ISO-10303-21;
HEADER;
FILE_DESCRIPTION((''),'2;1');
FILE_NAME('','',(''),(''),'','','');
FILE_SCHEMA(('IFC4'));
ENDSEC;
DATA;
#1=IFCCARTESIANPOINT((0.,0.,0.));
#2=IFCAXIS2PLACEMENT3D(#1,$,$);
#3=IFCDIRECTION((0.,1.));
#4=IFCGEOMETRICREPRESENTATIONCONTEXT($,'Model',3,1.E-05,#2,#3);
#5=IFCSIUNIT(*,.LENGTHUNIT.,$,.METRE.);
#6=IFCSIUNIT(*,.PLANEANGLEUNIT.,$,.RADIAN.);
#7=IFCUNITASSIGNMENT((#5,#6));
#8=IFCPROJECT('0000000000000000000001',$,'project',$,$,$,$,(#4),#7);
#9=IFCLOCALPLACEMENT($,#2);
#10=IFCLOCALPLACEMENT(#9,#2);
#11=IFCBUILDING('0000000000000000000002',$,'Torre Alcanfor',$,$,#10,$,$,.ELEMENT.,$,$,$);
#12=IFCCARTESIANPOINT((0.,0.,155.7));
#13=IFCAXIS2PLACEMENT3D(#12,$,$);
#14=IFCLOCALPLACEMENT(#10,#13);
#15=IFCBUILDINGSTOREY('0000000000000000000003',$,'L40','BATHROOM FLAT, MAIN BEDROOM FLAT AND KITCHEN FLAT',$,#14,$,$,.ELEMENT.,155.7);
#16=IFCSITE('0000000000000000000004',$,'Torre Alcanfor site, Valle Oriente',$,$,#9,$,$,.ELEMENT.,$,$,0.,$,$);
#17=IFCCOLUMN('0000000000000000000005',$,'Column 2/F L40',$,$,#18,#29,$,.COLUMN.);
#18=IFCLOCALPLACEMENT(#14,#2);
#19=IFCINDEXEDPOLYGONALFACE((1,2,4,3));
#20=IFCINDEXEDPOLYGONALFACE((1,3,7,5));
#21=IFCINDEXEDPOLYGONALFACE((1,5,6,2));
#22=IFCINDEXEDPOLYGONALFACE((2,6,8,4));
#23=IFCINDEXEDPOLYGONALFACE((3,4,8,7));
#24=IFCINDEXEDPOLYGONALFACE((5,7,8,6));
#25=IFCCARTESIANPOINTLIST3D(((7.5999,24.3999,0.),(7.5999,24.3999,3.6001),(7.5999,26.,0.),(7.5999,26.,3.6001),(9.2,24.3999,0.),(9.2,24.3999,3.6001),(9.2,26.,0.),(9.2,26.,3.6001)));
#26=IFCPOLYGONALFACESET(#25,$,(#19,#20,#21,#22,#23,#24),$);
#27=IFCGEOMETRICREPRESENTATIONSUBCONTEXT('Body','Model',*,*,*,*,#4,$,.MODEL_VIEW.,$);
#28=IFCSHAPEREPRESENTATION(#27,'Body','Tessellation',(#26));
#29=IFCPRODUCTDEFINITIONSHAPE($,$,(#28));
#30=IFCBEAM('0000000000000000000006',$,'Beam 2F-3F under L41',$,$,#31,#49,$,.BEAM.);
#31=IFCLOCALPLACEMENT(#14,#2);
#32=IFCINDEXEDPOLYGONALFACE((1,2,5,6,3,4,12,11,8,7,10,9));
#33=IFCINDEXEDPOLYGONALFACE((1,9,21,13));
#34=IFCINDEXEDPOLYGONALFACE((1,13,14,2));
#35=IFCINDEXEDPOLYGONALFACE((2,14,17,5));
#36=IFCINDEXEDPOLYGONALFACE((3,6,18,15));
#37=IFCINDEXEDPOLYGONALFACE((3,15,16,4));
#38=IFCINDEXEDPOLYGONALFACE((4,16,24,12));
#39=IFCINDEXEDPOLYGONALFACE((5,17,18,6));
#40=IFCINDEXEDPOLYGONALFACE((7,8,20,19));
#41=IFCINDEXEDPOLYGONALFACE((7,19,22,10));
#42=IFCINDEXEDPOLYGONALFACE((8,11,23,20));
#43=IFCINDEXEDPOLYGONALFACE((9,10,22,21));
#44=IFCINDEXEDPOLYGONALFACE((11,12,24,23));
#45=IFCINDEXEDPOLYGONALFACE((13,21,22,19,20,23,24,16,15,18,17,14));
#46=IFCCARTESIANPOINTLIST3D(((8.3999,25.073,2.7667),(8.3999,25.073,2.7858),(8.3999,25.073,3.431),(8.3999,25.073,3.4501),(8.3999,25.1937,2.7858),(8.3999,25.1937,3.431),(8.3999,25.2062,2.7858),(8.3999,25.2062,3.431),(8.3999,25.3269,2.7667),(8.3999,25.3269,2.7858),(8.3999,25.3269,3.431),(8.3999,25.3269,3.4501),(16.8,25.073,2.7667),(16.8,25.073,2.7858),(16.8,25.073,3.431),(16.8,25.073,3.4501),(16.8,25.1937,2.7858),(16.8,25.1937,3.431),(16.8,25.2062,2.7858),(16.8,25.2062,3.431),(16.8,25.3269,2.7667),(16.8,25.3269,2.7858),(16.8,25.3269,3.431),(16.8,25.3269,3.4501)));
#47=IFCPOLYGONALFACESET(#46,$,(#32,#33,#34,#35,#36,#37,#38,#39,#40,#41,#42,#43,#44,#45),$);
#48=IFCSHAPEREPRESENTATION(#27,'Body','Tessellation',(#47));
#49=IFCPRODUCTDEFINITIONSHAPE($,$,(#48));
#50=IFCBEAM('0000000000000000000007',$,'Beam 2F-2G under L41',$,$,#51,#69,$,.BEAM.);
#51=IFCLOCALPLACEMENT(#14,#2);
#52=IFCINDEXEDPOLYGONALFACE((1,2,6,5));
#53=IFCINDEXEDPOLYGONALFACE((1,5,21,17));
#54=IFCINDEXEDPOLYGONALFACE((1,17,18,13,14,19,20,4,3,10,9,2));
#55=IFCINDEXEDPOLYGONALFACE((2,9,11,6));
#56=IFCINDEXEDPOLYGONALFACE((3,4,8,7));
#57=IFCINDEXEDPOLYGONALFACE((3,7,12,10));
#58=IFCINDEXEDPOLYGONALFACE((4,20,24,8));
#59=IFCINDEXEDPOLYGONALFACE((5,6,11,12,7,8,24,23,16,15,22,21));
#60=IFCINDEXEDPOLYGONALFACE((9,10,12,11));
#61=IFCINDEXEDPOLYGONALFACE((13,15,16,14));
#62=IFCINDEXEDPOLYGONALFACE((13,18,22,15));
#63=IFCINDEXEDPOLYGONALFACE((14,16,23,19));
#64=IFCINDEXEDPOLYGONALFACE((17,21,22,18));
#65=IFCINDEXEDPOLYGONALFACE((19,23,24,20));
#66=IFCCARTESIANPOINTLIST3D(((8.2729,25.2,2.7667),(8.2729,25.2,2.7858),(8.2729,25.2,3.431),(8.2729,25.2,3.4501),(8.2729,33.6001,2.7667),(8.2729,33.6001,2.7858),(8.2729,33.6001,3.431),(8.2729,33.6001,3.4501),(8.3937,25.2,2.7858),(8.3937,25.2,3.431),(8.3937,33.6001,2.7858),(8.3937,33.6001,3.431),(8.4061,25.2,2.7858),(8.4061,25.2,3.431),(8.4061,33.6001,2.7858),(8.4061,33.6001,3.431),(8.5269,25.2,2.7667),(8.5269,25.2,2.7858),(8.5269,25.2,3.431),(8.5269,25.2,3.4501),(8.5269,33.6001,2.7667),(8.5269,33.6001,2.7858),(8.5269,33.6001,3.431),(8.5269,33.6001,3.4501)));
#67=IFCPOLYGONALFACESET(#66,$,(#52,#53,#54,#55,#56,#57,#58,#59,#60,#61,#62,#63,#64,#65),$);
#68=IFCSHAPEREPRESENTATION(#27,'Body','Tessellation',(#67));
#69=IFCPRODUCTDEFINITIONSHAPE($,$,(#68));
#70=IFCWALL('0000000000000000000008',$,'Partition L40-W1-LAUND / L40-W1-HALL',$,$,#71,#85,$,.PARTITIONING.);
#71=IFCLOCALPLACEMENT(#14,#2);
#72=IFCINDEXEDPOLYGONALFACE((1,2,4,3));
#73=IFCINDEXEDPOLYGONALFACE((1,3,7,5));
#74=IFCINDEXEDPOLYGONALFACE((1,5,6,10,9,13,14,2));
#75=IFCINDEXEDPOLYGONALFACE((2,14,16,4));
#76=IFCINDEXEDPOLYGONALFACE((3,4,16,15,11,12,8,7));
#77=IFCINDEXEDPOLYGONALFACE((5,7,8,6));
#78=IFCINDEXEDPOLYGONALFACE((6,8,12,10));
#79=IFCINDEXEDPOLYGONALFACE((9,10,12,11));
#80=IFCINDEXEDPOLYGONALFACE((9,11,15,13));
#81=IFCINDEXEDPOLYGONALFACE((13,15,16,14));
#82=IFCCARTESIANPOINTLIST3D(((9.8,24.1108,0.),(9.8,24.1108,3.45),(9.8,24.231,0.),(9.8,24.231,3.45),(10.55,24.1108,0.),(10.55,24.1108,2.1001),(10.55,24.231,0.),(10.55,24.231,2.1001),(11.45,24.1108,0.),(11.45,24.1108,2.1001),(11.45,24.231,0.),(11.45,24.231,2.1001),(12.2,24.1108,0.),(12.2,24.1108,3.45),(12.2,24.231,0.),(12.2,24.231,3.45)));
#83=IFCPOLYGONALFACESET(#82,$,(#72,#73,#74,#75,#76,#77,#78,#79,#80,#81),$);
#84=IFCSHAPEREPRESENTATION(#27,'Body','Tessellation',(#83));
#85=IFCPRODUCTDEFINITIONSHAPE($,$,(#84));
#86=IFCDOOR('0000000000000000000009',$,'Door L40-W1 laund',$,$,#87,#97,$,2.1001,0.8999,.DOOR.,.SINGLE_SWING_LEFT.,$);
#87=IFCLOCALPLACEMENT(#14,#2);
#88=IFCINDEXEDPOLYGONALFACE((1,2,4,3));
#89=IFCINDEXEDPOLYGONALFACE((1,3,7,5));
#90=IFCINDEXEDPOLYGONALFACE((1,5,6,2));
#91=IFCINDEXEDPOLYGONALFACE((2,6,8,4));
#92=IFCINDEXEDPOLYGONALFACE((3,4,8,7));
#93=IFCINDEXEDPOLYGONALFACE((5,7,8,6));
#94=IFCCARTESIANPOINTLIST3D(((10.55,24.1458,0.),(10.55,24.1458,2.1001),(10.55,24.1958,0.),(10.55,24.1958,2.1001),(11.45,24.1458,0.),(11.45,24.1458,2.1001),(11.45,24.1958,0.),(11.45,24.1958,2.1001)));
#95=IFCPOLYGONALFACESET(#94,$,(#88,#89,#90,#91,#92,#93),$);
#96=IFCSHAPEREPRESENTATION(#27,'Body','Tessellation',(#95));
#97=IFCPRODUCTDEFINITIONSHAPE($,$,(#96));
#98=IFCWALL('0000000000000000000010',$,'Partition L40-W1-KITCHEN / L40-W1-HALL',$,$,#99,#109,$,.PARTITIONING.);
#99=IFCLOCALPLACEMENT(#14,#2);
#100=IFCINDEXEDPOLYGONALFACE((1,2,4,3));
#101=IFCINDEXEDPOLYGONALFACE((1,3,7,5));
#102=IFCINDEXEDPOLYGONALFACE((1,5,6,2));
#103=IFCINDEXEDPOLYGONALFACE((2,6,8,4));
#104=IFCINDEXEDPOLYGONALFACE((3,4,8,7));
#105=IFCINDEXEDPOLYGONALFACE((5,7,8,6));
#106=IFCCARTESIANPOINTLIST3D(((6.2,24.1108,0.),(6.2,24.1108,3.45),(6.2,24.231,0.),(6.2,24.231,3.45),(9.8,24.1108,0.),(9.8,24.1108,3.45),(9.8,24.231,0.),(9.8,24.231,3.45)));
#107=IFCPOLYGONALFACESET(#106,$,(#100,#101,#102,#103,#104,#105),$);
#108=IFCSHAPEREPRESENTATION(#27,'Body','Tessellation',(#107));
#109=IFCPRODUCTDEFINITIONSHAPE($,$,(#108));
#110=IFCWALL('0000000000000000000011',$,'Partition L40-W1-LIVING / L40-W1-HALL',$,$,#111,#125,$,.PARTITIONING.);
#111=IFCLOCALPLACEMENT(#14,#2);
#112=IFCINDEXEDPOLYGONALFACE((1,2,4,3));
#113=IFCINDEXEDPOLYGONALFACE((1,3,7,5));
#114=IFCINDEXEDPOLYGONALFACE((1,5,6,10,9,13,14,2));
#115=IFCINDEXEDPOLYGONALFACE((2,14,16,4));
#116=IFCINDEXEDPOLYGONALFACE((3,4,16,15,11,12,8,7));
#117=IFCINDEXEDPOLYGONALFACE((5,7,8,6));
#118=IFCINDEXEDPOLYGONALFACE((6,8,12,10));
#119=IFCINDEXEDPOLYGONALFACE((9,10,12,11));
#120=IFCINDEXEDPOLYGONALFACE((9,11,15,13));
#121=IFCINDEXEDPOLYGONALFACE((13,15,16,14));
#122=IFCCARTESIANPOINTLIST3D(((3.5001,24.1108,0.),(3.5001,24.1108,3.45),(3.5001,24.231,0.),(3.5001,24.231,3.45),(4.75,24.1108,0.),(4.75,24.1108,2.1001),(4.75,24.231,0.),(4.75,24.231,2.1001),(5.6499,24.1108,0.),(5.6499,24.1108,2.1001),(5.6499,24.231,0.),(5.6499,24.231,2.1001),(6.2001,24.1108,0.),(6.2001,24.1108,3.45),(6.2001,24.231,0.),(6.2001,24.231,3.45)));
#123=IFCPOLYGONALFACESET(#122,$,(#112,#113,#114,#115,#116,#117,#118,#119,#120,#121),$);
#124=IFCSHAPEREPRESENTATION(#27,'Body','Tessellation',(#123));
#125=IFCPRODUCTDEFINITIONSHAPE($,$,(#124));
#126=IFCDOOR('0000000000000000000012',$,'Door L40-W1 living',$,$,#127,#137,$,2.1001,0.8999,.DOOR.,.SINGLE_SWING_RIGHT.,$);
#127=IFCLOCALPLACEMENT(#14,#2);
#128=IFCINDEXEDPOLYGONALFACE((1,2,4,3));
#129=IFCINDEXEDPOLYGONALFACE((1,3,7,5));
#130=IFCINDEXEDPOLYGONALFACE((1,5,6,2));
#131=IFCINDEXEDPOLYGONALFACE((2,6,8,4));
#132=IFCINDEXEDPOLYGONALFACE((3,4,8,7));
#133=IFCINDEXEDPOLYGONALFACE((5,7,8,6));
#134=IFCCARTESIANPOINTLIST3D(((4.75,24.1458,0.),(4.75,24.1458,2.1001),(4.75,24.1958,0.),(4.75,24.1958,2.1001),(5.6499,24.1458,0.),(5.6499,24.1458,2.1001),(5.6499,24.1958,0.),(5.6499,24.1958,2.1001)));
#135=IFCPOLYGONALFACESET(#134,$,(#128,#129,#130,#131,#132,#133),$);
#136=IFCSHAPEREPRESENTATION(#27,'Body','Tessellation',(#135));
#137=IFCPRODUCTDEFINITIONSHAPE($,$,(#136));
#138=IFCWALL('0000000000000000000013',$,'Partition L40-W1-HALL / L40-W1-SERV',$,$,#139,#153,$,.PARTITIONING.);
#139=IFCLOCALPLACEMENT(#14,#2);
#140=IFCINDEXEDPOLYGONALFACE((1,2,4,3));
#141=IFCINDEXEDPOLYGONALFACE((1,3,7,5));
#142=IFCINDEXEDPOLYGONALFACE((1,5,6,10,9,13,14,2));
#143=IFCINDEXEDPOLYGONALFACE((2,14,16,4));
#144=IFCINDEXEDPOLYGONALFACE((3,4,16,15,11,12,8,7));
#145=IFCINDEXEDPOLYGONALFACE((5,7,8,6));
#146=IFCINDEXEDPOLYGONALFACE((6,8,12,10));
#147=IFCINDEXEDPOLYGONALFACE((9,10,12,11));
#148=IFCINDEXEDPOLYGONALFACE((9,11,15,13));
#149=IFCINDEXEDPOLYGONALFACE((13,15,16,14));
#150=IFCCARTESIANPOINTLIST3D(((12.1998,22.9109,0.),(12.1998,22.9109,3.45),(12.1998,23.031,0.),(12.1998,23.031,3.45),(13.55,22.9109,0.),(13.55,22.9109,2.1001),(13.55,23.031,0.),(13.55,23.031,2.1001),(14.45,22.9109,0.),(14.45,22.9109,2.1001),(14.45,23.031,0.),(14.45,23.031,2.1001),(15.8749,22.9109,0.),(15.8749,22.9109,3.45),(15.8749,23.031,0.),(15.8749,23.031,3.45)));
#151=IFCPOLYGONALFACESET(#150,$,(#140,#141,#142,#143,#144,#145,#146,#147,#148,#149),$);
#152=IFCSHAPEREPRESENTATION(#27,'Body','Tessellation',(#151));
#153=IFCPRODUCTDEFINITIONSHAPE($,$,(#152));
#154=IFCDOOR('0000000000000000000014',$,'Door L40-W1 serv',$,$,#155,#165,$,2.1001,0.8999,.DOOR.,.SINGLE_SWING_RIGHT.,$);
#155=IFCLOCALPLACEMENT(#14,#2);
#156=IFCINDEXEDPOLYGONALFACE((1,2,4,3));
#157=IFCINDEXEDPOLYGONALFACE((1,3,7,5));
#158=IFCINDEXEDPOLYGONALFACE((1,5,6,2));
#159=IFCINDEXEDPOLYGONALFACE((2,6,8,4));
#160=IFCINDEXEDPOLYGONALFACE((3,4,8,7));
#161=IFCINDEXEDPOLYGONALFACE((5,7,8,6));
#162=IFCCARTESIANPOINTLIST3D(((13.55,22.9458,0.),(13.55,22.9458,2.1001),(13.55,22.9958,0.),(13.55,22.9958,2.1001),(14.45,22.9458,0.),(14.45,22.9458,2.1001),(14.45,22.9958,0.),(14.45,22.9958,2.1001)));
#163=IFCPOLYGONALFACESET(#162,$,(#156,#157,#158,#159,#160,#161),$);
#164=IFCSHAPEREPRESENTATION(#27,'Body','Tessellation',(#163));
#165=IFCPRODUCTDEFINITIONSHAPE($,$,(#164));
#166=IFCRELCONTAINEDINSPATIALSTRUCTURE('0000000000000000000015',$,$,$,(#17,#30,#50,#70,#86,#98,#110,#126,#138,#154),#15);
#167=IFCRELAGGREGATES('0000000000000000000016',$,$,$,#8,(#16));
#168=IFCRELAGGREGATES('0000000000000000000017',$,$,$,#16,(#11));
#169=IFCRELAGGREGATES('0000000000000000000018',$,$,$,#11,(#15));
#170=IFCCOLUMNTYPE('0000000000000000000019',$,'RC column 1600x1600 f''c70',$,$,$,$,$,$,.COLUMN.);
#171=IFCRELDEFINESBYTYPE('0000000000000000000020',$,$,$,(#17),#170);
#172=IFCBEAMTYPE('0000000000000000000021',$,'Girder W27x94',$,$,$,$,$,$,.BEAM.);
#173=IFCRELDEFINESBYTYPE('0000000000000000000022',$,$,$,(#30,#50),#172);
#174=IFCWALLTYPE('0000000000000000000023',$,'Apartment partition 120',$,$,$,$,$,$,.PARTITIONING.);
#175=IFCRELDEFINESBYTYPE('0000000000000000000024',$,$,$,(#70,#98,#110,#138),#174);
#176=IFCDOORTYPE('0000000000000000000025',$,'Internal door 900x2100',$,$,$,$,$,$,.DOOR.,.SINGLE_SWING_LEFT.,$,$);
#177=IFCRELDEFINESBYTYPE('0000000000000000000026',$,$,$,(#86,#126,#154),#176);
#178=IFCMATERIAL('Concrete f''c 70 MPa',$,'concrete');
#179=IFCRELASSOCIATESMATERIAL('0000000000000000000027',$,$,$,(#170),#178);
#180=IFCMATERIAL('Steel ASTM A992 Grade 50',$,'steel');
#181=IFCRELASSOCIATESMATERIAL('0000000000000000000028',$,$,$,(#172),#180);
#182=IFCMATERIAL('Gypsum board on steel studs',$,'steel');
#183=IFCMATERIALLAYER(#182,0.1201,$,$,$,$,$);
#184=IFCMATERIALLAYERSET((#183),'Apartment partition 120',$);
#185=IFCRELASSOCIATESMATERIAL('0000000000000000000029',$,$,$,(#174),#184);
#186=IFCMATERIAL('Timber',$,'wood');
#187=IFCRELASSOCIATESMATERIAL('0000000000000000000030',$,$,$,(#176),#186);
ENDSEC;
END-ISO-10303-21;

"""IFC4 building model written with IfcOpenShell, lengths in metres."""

from ifc_helpers import new_model, si_unit, direction, frame, frame_2d, origin, origin_2d, place, context, subcontext, project, spatial, rectangle, i_section, extrude, material, layer, layer_set, material_profile, profile_set, type_object, element, fill, save


model = new_model("IFC4")

# Units and contexts
model_context = context("Model", 3, precision=1e-05, world=origin(), true_north=direction((0.0, 1.0)))
body_context = subcontext(model_context, "Body", "Model", "MODEL_VIEW")
ifc_project = project(units=[si_unit("LENGTHUNIT", "METRE"), si_unit("PLANEANGLEUNIT", "RADIAN")], contexts=[model_context])

# Site, building, storey
site_placement = place(None, origin())
site = spatial("IfcSite", under=ifc_project, at=site_placement, Name="Torre Alcanfor site, Valle Oriente", CompositionType="ELEMENT", RefElevation=0.0)
building_placement = place(site_placement, origin())
building = spatial("IfcBuilding", under=site, at=building_placement, Name="Torre Alcanfor", CompositionType="ELEMENT")
storey_placement = place(building_placement, frame((0.0, 0.0, 155.7)))
storey = spatial("IfcBuildingStorey", under=building, at=storey_placement, Name="L40", Description="BATHROOM FLAT, MAIN BEDROOM FLAT AND KITCHEN FLAT", CompositionType="ELEMENT", Elevation=155.7)

# Column
ifc_material_1 = material(Name="Concrete f'c 70 MPa", Category="concrete")
ifc_material_profile_1 = material_profile(ifc_material_1, rectangle(XDim=1.6001, YDim=1.6001, at=origin_2d()), Name="1600x1600")
ifc_profile_set_1 = profile_set([ifc_material_profile_1], Name="Concrete f'c 70 MPa")
column_type = type_object("IfcColumnType", Name="RC column 1600x1600 f'c70", PredefinedType="COLUMN", material=ifc_profile_set_1)
column_placement = place(storey_placement, frame((8.3999, 25.2, 0.0), z_axis=(0.0, 0.0, 1.0), x_axis=(1.0, 0.0, 0.0)))
element("IfcColumn", 1, at=column_placement, inside=storey, type_object=column_type, Name="Column 2/F L40", PredefinedType="COLUMN", context=body_context, shape_type="SweptSolid", body=[
    extrude(rectangle(XDim=1.6001, YDim=1.6001, at=origin_2d()), origin(), (0.0, 0.0, 1.0), 3.6001),
])

# Beams
ifc_material_2 = material(Name="Steel ASTM A992 Grade 50", Category="steel")
ifc_material_profile_2 = material_profile(ifc_material_2, i_section(OverallWidth=0.2539, OverallDepth=0.6833, WebThickness=0.0125, FlangeThickness=0.019, at=origin_2d()), Name="W27x94")
ifc_profile_set_2 = profile_set([ifc_material_profile_2], Name="Steel ASTM A992 Grade 50")
beam_type = type_object("IfcBeamType", Name="Girder W27x94", PredefinedType="BEAM", material=ifc_profile_set_2)
for number, where, z_axis, x_axis, name in (
    (2, (8.3999, 25.2, 3.1084), (1.0, 0.0, 0.0), (0.0, 1.0, 0.0), "Beam 2F-3F under L41"),
    (3, (8.3999, 25.2, 3.1084), (0.0, 1.0, 0.0), (-1.0, 0.0, 0.0), "Beam 2F-2G under L41"),
):
    element("IfcBeam", number, at=place(storey_placement, frame(where, z_axis=z_axis, x_axis=x_axis)), inside=storey, type_object=beam_type, Name=name, PredefinedType="BEAM", context=body_context, shape_type="SweptSolid", body=[
        extrude(i_section(OverallWidth=0.2539, OverallDepth=0.6833, WebThickness=0.0125, FlangeThickness=0.019, at=origin_2d()), origin(), (0.0, 0.0, 1.0), 8.4001),
    ])

# Wall, opening, door
ifc_material_3 = material(Name="Gypsum board on steel studs", Category="steel")
ifc_layer_1 = layer(ifc_material_3, 0.1201)
ifc_layer_set_1 = layer_set([ifc_layer_1], Name="Apartment partition 120")
wall_type_1 = type_object("IfcWallType", Name="Apartment partition 120", PredefinedType="PARTITIONING", material=ifc_layer_set_1)
wall_1_placement = place(storey_placement, frame((9.8, 24.1709, 0.0), z_axis=(0.0, 0.0, 1.0), x_axis=(1.0, 0.0, 0.0)))
wall_1 = element("IfcWall", 4, at=wall_1_placement, inside=storey, type_object=wall_type_1, Name="Partition L40-W1-LAUND / L40-W1-HALL", PredefinedType="PARTITIONING", context=body_context, shape_type="SweptSolid", body=[
    extrude(rectangle(XDim=2.3999, YDim=0.1201, at=frame_2d((1.2, 0.0))), origin(), (0.0, 0.0, 1.0), 3.45),
])
opening_1_placement = place(wall_1_placement, frame((0.75, 0.0, 0.0)))
opening_1 = element("IfcOpeningElement", 5, at=opening_1_placement, cuts=wall_1, PredefinedType="OPENING", context=body_context, shape_type="SweptSolid", body=[
    extrude(rectangle(XDim=0.8999, YDim=2.1001, at=frame_2d((0.45, 1.05))), frame((0.0, 0.0701, 0.0), z_axis=(0.0, -1.0, 0.0), x_axis=(1.0, 0.0, 0.0)), (0.0, 0.0, 1.0), 0.1401),
])
ifc_material_4 = material(Name="Timber", Category="wood")
door_type_1 = type_object("IfcDoorType", Name="Internal door 900x2100", OperationType="SINGLE_SWING_LEFT", PredefinedType="DOOR", material=ifc_material_4)
door_1_placement = place(opening_1_placement, origin())
door_1 = element("IfcDoor", 6, at=door_1_placement, inside=storey, type_object=door_type_1, Name="Door L40-W1 laund", OperationType="SINGLE_SWING_LEFT", OverallHeight=2.1001, OverallWidth=0.8999, PredefinedType="DOOR", context=body_context, shape_type="SweptSolid", body=[
    extrude(rectangle(XDim=0.8999, YDim=2.1001, at=frame_2d((0.45, 1.05))), frame((0.0, 0.0249, 0.0), z_axis=(0.0, -1.0, 0.0), x_axis=(1.0, 0.0, 0.0)), (0.0, 0.0, 1.0), 0.05),
])
fill(opening_1, door_1)

# Wall
wall_2_placement = place(storey_placement, frame((6.2, 24.1709, 0.0), z_axis=(0.0, 0.0, 1.0), x_axis=(1.0, 0.0, 0.0)))
element("IfcWall", 7, at=wall_2_placement, inside=storey, type_object=wall_type_1, Name="Partition L40-W1-KITCHEN / L40-W1-HALL", PredefinedType="PARTITIONING", context=body_context, shape_type="SweptSolid", body=[
    extrude(rectangle(XDim=3.6001, YDim=0.1201, at=frame_2d((1.8, 0.0))), origin(), (0.0, 0.0, 1.0), 3.45),
])

# Walls, openings, doors
wall_3_placement = place(storey_placement, frame((3.5, 24.1709, 0.0), z_axis=(0.0, 0.0, 1.0), x_axis=(1.0, 0.0, 0.0)))
wall_3 = element("IfcWall", 8, at=wall_3_placement, inside=storey, type_object=wall_type_1, Name="Partition L40-W1-LIVING / L40-W1-HALL", PredefinedType="PARTITIONING", context=body_context, shape_type="SweptSolid", body=[
    extrude(rectangle(XDim=2.7, YDim=0.1201, at=frame_2d((1.3501, 0.0))), origin(), (0.0, 0.0, 1.0), 3.45),
])
opening_2_placement = place(wall_3_placement, frame((1.25, 0.0, 0.0)))
opening_2 = element("IfcOpeningElement", 9, at=opening_2_placement, cuts=wall_3, PredefinedType="OPENING", context=body_context, shape_type="SweptSolid", body=[
    extrude(rectangle(XDim=0.8999, YDim=2.1001, at=frame_2d((0.45, 1.05))), frame((0.0, 0.0701, 0.0), z_axis=(0.0, -1.0, 0.0), x_axis=(1.0, 0.0, 0.0)), (0.0, 0.0, 1.0), 0.1401),
])
door_2_placement = place(opening_2_placement, origin())
door_2 = element("IfcDoor", 10, at=door_2_placement, inside=storey, type_object=door_type_1, Name="Door L40-W1 living", OperationType="SINGLE_SWING_RIGHT", OverallHeight=2.1001, OverallWidth=0.8999, PredefinedType="DOOR", context=body_context, shape_type="SweptSolid", body=[
    extrude(rectangle(XDim=0.8999, YDim=2.1001, at=frame_2d((0.45, 1.05))), frame((0.0, 0.0249, 0.0), z_axis=(0.0, -1.0, 0.0), x_axis=(1.0, 0.0, 0.0)), (0.0, 0.0, 1.0), 0.05),
])
fill(opening_2, door_2)
wall_4_placement = place(storey_placement, frame((12.2, 22.9709, 0.0), z_axis=(0.0, 0.0, 1.0), x_axis=(1.0, 0.0, 0.0)))
wall_4 = element("IfcWall", 11, at=wall_4_placement, inside=storey, type_object=wall_type_1, Name="Partition L40-W1-HALL / L40-W1-SERV", PredefinedType="PARTITIONING", context=body_context, shape_type="SweptSolid", body=[
    extrude(rectangle(XDim=3.675, YDim=0.1201, at=frame_2d((1.8374, 0.0))), origin(), (0.0, 0.0, 1.0), 3.45),
])
opening_3_placement = place(wall_4_placement, frame((1.3501, 0.0, 0.0)))
opening_3 = element("IfcOpeningElement", 12, at=opening_3_placement, cuts=wall_4, PredefinedType="OPENING", context=body_context, shape_type="SweptSolid", body=[
    extrude(rectangle(XDim=0.8999, YDim=2.1001, at=frame_2d((0.45, 1.05))), frame((0.0, 0.0701, 0.0), z_axis=(0.0, -1.0, 0.0), x_axis=(1.0, 0.0, 0.0)), (0.0, 0.0, 1.0), 0.1401),
])
door_3_placement = place(opening_3_placement, frame((0.8999, 0.0, 0.0), z_axis=(0.0, 0.0, 1.0), x_axis=(-1.0, 0.0, 0.0)))
door_3 = element("IfcDoor", 13, at=door_3_placement, inside=storey, type_object=door_type_1, Name="Door L40-W1 serv", OperationType="SINGLE_SWING_RIGHT", OverallHeight=2.1001, OverallWidth=0.8999, PredefinedType="DOOR", context=body_context, shape_type="SweptSolid", body=[
    extrude(rectangle(XDim=0.8999, YDim=2.1001, at=frame_2d((0.45, 1.05))), frame((0.0, 0.0251, 0.0), z_axis=(0.0, -1.0, 0.0), x_axis=(1.0, 0.0, 0.0)), (0.0, 0.0, 1.0), 0.05),
])
fill(opening_3, door_3)

save(model, "model.ifc")
